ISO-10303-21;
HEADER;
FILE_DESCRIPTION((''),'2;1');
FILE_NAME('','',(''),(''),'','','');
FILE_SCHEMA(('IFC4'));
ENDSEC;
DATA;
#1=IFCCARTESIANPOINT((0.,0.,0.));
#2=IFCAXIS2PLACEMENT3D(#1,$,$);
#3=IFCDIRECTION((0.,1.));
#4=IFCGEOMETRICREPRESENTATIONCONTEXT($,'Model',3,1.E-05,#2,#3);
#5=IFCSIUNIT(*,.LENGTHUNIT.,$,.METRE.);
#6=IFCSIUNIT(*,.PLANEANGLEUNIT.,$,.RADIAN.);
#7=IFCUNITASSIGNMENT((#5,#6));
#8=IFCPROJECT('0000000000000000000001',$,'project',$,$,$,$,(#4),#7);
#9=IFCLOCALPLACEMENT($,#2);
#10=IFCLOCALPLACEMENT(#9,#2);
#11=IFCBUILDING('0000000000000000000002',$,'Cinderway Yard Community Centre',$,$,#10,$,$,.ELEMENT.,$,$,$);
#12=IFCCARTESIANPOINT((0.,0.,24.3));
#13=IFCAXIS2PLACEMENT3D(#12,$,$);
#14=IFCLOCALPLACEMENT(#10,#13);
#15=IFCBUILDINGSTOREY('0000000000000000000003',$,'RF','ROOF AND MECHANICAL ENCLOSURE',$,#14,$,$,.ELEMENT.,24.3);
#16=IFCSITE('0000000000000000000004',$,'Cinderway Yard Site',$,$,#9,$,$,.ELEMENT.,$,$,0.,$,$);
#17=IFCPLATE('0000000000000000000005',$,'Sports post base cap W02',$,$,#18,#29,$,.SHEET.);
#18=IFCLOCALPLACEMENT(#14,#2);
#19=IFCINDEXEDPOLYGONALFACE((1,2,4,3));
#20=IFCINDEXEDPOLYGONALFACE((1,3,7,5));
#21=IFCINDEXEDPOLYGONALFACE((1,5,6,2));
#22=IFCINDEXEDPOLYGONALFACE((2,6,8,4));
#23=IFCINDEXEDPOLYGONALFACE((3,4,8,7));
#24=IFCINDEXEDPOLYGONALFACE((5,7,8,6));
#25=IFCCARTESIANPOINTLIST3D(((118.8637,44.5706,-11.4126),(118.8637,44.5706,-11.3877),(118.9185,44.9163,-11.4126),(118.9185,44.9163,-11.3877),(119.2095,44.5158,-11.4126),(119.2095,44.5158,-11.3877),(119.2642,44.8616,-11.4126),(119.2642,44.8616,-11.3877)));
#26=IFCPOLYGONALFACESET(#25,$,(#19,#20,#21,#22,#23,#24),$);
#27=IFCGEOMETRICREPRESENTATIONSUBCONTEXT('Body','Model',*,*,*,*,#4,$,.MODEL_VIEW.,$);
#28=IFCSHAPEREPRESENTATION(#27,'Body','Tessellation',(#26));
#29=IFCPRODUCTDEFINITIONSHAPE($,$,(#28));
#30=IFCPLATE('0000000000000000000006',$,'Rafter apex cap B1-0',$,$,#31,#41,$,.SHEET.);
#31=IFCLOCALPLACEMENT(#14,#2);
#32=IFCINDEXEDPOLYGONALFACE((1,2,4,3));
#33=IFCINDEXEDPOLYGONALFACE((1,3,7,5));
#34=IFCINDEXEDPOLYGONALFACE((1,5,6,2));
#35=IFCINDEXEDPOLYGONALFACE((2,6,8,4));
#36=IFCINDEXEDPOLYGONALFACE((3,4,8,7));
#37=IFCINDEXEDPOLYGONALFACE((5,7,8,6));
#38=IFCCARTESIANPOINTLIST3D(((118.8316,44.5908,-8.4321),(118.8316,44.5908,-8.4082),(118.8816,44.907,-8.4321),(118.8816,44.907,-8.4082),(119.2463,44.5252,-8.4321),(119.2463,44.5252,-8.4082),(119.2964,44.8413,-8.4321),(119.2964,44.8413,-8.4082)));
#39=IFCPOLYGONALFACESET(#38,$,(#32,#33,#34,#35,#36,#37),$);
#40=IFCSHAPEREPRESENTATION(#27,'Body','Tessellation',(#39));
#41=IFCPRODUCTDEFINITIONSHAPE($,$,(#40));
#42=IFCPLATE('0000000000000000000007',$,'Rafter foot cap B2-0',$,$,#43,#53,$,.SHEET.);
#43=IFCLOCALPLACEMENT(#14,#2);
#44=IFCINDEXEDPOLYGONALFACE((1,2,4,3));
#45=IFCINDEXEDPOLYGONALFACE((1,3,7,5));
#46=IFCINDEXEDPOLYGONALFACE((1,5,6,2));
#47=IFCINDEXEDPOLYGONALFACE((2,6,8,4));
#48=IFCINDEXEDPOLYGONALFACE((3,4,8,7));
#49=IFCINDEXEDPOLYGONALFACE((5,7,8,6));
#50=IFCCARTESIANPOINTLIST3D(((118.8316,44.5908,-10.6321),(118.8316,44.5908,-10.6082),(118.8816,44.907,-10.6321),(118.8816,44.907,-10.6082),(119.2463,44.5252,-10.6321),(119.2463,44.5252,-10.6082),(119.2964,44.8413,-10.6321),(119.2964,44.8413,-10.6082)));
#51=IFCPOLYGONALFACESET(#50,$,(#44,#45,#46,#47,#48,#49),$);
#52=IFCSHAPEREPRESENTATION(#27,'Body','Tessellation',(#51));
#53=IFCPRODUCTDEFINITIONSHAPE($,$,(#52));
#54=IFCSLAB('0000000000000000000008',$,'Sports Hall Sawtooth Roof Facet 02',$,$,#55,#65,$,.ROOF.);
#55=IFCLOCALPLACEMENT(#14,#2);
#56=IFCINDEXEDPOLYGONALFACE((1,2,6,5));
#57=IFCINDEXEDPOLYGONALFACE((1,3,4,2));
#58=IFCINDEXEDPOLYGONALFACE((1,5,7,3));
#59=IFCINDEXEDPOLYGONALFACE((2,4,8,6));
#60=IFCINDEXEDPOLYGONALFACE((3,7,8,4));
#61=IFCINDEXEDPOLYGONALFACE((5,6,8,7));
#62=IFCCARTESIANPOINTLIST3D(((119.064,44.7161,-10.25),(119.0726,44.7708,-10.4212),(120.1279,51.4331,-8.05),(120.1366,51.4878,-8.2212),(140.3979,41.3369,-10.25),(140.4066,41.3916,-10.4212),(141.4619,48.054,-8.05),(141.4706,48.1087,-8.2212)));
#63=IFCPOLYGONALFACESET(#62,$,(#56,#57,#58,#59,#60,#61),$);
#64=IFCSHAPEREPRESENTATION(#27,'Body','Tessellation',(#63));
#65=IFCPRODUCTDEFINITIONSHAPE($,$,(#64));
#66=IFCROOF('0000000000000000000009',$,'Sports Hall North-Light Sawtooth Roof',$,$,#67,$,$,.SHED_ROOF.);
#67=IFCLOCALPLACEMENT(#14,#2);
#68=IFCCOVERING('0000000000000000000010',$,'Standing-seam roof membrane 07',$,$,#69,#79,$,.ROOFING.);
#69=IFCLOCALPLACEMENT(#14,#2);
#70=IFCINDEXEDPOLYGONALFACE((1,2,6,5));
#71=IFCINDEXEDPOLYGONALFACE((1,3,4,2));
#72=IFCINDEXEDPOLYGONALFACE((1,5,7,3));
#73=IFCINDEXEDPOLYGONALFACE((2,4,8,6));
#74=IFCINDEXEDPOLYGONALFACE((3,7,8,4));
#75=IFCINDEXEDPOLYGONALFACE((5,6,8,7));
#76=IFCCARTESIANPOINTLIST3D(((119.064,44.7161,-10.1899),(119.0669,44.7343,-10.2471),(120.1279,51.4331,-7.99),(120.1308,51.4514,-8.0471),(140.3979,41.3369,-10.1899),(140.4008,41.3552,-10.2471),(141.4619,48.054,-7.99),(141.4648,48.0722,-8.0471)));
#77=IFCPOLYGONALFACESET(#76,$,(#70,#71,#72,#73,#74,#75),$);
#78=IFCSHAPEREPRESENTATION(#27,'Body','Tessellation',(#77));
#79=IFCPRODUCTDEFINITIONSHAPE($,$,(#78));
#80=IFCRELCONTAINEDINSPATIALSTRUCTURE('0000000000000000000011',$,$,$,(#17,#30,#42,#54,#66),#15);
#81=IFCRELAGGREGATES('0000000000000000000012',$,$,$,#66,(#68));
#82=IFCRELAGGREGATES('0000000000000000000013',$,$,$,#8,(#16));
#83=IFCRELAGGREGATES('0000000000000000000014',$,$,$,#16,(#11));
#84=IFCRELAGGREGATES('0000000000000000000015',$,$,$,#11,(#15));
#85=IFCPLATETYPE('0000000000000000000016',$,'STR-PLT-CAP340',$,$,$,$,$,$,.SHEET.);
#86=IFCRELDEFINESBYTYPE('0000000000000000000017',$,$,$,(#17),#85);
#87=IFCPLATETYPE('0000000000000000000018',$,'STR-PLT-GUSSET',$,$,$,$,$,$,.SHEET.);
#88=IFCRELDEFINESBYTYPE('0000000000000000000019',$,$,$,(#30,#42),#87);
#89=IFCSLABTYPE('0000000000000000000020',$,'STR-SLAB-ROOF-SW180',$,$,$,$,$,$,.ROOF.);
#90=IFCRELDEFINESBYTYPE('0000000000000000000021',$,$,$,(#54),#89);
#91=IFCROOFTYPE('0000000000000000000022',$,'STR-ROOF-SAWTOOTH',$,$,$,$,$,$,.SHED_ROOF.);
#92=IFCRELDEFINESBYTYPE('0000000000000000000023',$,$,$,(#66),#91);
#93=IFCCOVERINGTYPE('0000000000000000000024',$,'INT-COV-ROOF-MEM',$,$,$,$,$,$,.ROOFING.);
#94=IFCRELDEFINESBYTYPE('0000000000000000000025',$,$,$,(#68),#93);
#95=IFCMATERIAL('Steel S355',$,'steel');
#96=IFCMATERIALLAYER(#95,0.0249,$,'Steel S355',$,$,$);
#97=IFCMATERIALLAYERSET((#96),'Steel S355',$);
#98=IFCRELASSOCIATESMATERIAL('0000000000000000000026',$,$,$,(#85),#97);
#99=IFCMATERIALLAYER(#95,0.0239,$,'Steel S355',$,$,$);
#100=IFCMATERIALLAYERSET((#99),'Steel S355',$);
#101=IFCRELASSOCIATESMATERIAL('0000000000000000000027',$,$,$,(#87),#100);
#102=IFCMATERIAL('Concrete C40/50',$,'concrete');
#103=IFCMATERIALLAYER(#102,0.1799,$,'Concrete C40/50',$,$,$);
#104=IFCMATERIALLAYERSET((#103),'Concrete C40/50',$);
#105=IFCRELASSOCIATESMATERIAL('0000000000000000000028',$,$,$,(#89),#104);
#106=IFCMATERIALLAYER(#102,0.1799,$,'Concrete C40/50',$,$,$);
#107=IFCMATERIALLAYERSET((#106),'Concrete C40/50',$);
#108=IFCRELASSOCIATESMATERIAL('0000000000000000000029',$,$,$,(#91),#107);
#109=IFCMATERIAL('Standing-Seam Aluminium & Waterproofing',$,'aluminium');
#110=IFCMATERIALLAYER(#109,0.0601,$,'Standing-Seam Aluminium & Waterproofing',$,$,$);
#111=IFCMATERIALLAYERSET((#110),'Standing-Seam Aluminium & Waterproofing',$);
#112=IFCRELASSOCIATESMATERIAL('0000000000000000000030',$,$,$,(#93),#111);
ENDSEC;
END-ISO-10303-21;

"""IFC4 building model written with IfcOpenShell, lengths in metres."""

from ifc_helpers import new_model, si_unit, direction, frame, origin, origin_2d, place, context, subcontext, project, spatial, polyline, rectangle, outline, extrude, material, layer, layer_set, type_object, element, aggregate, save


model = new_model("IFC4")

# Units and contexts
model_context = context("Model", 3, precision=1e-05, world=origin(), true_north=direction((0.0, 1.0)))
body_context = subcontext(model_context, "Body", "Model", "MODEL_VIEW")
ifc_project = project(units=[si_unit("LENGTHUNIT", "METRE"), si_unit("PLANEANGLEUNIT", "RADIAN")], contexts=[model_context])

# Site, building, storey
site_placement = place(None, origin())
site = spatial("IfcSite", under=ifc_project, at=site_placement, Name="Cinderway Yard Site", CompositionType="ELEMENT", RefElevation=0.0)
building_placement = place(site_placement, origin())
building = spatial("IfcBuilding", under=site, at=building_placement, Name="Cinderway Yard Community Centre", CompositionType="ELEMENT")
storey_placement = place(building_placement, frame((0.0, 0.0, 24.3)))
storey = spatial("IfcBuildingStorey", under=building, at=storey_placement, Name="RF", Description="ROOF AND MECHANICAL ENCLOSURE", CompositionType="ELEMENT", Elevation=24.3)

# Shared definitions
ifc_material_1 = material(Name="Steel S355", Category="steel")

# Plates
ifc_layer_1 = layer(ifc_material_1, 0.0249, Name="Steel S355")
ifc_layer_set_1 = layer_set([ifc_layer_1], Name="Steel S355")
plate_type_1 = type_object("IfcPlateType", Name="STR-PLT-CAP340", PredefinedType="SHEET", material=ifc_layer_set_1)
plate_1_placement = place(storey_placement, frame((119.064, 44.7161, -11.4126), z_axis=(0.0, 0.0, 1.0), x_axis=(0.987688, -0.156434, 0.0)))
element("IfcPlate", 1, at=plate_1_placement, inside=storey, type_object=plate_type_1, Name="Sports post base cap W02", PredefinedType="SHEET", context=body_context, shape_type="SweptSolid", body=[
    extrude(rectangle(XDim=0.3501, YDim=0.3501, at=origin_2d()), origin(), (0.0, 0.0, 1.0), 0.0249),
])
ifc_layer_2 = layer(ifc_material_1, 0.0239, Name="Steel S355")
ifc_layer_set_2 = layer_set([ifc_layer_2], Name="Steel S355")
plate_type_2 = type_object("IfcPlateType", Name="STR-PLT-GUSSET", PredefinedType="SHEET", material=ifc_layer_set_2)
for number, where, z_axis, x_axis, name in (
    (2, (119.064, 44.7161, -8.4321), (0.0, 0.0, 1.0), (0.987688, -0.156434, 0.0), "Rafter apex cap B1-0"),
    (3, (119.064, 44.7161, -10.6321), (0.0, 0.0, 1.0), (0.987688, -0.156434, 0.0), "Rafter foot cap B2-0"),
):
    element("IfcPlate", number, at=place(storey_placement, frame(where, z_axis=z_axis, x_axis=x_axis)), inside=storey, type_object=plate_type_2, Name=name, PredefinedType="SHEET", context=body_context, shape_type="SweptSolid", body=[
        extrude(rectangle(XDim=0.4199, YDim=0.3201, at=origin_2d()), origin(), (0.0, 0.0, 1.0), 0.0239),
    ])

# Slab
ifc_material_2 = material(Name="Concrete C40/50", Category="concrete")
ifc_layer_3 = layer(ifc_material_2, 0.1799, Name="Concrete C40/50")
ifc_layer_set_3 = layer_set([ifc_layer_3], Name="Concrete C40/50")
slab_type = type_object("IfcSlabType", Name="STR-SLAB-ROOF-SW180", PredefinedType="ROOF", material=ifc_layer_set_3)
slab_placement = place(storey_placement, frame((119.064, 44.7161, -10.25), z_axis=(-0.04815, -0.303992, 0.951457), x_axis=(0.987687, -0.156443, 0.0)))
element("IfcSlab", 4, at=slab_placement, inside=storey, type_object=slab_type, Name="Sports Hall Sawtooth Roof Facet 02", PredefinedType="ROOF", context=body_context, shape_type="SweptSolid", body=[
    extrude(outline(polyline([(0.0, 0.0), (21.5999, 0.0), (21.6, 7.1478), (0.0, 7.1478), (0.0, 0.0)])), origin(), (0.0, 0.0, -1.0), 0.1799),
])

# Roof, covering
ifc_layer_4 = layer(ifc_material_2, 0.1799, Name="Concrete C40/50")
ifc_layer_set_4 = layer_set([ifc_layer_4], Name="Concrete C40/50")
roof_type = type_object("IfcRoofType", Name="STR-ROOF-SAWTOOTH", PredefinedType="SHED_ROOF", material=ifc_layer_set_4)
roof_placement = place(storey_placement, origin())
roof = element("IfcRoof", 5, at=roof_placement, inside=storey, type_object=roof_type, Name="Sports Hall North-Light Sawtooth Roof", PredefinedType="SHED_ROOF")
ifc_material_3 = material(Name="Standing-Seam Aluminium & Waterproofing", Category="aluminium")
ifc_layer_5 = layer(ifc_material_3, 0.0601, Name="Standing-Seam Aluminium & Waterproofing")
ifc_layer_set_5 = layer_set([ifc_layer_5], Name="Standing-Seam Aluminium & Waterproofing")
covering_type = type_object("IfcCoveringType", Name="INT-COV-ROOF-MEM", PredefinedType="ROOFING", material=ifc_layer_set_5)
covering_placement = place(storey_placement, frame((119.064, 44.7161, -10.1899), z_axis=(-0.04815, -0.303992, 0.951457), x_axis=(0.987687, -0.156443, 0.0)))
covering = element("IfcCovering", 6, at=covering_placement, type_object=covering_type, Name="Standing-seam roof membrane 07", PredefinedType="ROOFING", context=body_context, shape_type="SweptSolid", body=[
    extrude(outline(polyline([(0.0, 0.0), (21.5999, 0.0), (21.6, 7.1478), (0.0, 7.1478), (0.0, 0.0)])), origin(), (0.0, 0.0, -1.0), 0.0601),
])
aggregate(roof, [covering])

save(model, "model.ifc")
